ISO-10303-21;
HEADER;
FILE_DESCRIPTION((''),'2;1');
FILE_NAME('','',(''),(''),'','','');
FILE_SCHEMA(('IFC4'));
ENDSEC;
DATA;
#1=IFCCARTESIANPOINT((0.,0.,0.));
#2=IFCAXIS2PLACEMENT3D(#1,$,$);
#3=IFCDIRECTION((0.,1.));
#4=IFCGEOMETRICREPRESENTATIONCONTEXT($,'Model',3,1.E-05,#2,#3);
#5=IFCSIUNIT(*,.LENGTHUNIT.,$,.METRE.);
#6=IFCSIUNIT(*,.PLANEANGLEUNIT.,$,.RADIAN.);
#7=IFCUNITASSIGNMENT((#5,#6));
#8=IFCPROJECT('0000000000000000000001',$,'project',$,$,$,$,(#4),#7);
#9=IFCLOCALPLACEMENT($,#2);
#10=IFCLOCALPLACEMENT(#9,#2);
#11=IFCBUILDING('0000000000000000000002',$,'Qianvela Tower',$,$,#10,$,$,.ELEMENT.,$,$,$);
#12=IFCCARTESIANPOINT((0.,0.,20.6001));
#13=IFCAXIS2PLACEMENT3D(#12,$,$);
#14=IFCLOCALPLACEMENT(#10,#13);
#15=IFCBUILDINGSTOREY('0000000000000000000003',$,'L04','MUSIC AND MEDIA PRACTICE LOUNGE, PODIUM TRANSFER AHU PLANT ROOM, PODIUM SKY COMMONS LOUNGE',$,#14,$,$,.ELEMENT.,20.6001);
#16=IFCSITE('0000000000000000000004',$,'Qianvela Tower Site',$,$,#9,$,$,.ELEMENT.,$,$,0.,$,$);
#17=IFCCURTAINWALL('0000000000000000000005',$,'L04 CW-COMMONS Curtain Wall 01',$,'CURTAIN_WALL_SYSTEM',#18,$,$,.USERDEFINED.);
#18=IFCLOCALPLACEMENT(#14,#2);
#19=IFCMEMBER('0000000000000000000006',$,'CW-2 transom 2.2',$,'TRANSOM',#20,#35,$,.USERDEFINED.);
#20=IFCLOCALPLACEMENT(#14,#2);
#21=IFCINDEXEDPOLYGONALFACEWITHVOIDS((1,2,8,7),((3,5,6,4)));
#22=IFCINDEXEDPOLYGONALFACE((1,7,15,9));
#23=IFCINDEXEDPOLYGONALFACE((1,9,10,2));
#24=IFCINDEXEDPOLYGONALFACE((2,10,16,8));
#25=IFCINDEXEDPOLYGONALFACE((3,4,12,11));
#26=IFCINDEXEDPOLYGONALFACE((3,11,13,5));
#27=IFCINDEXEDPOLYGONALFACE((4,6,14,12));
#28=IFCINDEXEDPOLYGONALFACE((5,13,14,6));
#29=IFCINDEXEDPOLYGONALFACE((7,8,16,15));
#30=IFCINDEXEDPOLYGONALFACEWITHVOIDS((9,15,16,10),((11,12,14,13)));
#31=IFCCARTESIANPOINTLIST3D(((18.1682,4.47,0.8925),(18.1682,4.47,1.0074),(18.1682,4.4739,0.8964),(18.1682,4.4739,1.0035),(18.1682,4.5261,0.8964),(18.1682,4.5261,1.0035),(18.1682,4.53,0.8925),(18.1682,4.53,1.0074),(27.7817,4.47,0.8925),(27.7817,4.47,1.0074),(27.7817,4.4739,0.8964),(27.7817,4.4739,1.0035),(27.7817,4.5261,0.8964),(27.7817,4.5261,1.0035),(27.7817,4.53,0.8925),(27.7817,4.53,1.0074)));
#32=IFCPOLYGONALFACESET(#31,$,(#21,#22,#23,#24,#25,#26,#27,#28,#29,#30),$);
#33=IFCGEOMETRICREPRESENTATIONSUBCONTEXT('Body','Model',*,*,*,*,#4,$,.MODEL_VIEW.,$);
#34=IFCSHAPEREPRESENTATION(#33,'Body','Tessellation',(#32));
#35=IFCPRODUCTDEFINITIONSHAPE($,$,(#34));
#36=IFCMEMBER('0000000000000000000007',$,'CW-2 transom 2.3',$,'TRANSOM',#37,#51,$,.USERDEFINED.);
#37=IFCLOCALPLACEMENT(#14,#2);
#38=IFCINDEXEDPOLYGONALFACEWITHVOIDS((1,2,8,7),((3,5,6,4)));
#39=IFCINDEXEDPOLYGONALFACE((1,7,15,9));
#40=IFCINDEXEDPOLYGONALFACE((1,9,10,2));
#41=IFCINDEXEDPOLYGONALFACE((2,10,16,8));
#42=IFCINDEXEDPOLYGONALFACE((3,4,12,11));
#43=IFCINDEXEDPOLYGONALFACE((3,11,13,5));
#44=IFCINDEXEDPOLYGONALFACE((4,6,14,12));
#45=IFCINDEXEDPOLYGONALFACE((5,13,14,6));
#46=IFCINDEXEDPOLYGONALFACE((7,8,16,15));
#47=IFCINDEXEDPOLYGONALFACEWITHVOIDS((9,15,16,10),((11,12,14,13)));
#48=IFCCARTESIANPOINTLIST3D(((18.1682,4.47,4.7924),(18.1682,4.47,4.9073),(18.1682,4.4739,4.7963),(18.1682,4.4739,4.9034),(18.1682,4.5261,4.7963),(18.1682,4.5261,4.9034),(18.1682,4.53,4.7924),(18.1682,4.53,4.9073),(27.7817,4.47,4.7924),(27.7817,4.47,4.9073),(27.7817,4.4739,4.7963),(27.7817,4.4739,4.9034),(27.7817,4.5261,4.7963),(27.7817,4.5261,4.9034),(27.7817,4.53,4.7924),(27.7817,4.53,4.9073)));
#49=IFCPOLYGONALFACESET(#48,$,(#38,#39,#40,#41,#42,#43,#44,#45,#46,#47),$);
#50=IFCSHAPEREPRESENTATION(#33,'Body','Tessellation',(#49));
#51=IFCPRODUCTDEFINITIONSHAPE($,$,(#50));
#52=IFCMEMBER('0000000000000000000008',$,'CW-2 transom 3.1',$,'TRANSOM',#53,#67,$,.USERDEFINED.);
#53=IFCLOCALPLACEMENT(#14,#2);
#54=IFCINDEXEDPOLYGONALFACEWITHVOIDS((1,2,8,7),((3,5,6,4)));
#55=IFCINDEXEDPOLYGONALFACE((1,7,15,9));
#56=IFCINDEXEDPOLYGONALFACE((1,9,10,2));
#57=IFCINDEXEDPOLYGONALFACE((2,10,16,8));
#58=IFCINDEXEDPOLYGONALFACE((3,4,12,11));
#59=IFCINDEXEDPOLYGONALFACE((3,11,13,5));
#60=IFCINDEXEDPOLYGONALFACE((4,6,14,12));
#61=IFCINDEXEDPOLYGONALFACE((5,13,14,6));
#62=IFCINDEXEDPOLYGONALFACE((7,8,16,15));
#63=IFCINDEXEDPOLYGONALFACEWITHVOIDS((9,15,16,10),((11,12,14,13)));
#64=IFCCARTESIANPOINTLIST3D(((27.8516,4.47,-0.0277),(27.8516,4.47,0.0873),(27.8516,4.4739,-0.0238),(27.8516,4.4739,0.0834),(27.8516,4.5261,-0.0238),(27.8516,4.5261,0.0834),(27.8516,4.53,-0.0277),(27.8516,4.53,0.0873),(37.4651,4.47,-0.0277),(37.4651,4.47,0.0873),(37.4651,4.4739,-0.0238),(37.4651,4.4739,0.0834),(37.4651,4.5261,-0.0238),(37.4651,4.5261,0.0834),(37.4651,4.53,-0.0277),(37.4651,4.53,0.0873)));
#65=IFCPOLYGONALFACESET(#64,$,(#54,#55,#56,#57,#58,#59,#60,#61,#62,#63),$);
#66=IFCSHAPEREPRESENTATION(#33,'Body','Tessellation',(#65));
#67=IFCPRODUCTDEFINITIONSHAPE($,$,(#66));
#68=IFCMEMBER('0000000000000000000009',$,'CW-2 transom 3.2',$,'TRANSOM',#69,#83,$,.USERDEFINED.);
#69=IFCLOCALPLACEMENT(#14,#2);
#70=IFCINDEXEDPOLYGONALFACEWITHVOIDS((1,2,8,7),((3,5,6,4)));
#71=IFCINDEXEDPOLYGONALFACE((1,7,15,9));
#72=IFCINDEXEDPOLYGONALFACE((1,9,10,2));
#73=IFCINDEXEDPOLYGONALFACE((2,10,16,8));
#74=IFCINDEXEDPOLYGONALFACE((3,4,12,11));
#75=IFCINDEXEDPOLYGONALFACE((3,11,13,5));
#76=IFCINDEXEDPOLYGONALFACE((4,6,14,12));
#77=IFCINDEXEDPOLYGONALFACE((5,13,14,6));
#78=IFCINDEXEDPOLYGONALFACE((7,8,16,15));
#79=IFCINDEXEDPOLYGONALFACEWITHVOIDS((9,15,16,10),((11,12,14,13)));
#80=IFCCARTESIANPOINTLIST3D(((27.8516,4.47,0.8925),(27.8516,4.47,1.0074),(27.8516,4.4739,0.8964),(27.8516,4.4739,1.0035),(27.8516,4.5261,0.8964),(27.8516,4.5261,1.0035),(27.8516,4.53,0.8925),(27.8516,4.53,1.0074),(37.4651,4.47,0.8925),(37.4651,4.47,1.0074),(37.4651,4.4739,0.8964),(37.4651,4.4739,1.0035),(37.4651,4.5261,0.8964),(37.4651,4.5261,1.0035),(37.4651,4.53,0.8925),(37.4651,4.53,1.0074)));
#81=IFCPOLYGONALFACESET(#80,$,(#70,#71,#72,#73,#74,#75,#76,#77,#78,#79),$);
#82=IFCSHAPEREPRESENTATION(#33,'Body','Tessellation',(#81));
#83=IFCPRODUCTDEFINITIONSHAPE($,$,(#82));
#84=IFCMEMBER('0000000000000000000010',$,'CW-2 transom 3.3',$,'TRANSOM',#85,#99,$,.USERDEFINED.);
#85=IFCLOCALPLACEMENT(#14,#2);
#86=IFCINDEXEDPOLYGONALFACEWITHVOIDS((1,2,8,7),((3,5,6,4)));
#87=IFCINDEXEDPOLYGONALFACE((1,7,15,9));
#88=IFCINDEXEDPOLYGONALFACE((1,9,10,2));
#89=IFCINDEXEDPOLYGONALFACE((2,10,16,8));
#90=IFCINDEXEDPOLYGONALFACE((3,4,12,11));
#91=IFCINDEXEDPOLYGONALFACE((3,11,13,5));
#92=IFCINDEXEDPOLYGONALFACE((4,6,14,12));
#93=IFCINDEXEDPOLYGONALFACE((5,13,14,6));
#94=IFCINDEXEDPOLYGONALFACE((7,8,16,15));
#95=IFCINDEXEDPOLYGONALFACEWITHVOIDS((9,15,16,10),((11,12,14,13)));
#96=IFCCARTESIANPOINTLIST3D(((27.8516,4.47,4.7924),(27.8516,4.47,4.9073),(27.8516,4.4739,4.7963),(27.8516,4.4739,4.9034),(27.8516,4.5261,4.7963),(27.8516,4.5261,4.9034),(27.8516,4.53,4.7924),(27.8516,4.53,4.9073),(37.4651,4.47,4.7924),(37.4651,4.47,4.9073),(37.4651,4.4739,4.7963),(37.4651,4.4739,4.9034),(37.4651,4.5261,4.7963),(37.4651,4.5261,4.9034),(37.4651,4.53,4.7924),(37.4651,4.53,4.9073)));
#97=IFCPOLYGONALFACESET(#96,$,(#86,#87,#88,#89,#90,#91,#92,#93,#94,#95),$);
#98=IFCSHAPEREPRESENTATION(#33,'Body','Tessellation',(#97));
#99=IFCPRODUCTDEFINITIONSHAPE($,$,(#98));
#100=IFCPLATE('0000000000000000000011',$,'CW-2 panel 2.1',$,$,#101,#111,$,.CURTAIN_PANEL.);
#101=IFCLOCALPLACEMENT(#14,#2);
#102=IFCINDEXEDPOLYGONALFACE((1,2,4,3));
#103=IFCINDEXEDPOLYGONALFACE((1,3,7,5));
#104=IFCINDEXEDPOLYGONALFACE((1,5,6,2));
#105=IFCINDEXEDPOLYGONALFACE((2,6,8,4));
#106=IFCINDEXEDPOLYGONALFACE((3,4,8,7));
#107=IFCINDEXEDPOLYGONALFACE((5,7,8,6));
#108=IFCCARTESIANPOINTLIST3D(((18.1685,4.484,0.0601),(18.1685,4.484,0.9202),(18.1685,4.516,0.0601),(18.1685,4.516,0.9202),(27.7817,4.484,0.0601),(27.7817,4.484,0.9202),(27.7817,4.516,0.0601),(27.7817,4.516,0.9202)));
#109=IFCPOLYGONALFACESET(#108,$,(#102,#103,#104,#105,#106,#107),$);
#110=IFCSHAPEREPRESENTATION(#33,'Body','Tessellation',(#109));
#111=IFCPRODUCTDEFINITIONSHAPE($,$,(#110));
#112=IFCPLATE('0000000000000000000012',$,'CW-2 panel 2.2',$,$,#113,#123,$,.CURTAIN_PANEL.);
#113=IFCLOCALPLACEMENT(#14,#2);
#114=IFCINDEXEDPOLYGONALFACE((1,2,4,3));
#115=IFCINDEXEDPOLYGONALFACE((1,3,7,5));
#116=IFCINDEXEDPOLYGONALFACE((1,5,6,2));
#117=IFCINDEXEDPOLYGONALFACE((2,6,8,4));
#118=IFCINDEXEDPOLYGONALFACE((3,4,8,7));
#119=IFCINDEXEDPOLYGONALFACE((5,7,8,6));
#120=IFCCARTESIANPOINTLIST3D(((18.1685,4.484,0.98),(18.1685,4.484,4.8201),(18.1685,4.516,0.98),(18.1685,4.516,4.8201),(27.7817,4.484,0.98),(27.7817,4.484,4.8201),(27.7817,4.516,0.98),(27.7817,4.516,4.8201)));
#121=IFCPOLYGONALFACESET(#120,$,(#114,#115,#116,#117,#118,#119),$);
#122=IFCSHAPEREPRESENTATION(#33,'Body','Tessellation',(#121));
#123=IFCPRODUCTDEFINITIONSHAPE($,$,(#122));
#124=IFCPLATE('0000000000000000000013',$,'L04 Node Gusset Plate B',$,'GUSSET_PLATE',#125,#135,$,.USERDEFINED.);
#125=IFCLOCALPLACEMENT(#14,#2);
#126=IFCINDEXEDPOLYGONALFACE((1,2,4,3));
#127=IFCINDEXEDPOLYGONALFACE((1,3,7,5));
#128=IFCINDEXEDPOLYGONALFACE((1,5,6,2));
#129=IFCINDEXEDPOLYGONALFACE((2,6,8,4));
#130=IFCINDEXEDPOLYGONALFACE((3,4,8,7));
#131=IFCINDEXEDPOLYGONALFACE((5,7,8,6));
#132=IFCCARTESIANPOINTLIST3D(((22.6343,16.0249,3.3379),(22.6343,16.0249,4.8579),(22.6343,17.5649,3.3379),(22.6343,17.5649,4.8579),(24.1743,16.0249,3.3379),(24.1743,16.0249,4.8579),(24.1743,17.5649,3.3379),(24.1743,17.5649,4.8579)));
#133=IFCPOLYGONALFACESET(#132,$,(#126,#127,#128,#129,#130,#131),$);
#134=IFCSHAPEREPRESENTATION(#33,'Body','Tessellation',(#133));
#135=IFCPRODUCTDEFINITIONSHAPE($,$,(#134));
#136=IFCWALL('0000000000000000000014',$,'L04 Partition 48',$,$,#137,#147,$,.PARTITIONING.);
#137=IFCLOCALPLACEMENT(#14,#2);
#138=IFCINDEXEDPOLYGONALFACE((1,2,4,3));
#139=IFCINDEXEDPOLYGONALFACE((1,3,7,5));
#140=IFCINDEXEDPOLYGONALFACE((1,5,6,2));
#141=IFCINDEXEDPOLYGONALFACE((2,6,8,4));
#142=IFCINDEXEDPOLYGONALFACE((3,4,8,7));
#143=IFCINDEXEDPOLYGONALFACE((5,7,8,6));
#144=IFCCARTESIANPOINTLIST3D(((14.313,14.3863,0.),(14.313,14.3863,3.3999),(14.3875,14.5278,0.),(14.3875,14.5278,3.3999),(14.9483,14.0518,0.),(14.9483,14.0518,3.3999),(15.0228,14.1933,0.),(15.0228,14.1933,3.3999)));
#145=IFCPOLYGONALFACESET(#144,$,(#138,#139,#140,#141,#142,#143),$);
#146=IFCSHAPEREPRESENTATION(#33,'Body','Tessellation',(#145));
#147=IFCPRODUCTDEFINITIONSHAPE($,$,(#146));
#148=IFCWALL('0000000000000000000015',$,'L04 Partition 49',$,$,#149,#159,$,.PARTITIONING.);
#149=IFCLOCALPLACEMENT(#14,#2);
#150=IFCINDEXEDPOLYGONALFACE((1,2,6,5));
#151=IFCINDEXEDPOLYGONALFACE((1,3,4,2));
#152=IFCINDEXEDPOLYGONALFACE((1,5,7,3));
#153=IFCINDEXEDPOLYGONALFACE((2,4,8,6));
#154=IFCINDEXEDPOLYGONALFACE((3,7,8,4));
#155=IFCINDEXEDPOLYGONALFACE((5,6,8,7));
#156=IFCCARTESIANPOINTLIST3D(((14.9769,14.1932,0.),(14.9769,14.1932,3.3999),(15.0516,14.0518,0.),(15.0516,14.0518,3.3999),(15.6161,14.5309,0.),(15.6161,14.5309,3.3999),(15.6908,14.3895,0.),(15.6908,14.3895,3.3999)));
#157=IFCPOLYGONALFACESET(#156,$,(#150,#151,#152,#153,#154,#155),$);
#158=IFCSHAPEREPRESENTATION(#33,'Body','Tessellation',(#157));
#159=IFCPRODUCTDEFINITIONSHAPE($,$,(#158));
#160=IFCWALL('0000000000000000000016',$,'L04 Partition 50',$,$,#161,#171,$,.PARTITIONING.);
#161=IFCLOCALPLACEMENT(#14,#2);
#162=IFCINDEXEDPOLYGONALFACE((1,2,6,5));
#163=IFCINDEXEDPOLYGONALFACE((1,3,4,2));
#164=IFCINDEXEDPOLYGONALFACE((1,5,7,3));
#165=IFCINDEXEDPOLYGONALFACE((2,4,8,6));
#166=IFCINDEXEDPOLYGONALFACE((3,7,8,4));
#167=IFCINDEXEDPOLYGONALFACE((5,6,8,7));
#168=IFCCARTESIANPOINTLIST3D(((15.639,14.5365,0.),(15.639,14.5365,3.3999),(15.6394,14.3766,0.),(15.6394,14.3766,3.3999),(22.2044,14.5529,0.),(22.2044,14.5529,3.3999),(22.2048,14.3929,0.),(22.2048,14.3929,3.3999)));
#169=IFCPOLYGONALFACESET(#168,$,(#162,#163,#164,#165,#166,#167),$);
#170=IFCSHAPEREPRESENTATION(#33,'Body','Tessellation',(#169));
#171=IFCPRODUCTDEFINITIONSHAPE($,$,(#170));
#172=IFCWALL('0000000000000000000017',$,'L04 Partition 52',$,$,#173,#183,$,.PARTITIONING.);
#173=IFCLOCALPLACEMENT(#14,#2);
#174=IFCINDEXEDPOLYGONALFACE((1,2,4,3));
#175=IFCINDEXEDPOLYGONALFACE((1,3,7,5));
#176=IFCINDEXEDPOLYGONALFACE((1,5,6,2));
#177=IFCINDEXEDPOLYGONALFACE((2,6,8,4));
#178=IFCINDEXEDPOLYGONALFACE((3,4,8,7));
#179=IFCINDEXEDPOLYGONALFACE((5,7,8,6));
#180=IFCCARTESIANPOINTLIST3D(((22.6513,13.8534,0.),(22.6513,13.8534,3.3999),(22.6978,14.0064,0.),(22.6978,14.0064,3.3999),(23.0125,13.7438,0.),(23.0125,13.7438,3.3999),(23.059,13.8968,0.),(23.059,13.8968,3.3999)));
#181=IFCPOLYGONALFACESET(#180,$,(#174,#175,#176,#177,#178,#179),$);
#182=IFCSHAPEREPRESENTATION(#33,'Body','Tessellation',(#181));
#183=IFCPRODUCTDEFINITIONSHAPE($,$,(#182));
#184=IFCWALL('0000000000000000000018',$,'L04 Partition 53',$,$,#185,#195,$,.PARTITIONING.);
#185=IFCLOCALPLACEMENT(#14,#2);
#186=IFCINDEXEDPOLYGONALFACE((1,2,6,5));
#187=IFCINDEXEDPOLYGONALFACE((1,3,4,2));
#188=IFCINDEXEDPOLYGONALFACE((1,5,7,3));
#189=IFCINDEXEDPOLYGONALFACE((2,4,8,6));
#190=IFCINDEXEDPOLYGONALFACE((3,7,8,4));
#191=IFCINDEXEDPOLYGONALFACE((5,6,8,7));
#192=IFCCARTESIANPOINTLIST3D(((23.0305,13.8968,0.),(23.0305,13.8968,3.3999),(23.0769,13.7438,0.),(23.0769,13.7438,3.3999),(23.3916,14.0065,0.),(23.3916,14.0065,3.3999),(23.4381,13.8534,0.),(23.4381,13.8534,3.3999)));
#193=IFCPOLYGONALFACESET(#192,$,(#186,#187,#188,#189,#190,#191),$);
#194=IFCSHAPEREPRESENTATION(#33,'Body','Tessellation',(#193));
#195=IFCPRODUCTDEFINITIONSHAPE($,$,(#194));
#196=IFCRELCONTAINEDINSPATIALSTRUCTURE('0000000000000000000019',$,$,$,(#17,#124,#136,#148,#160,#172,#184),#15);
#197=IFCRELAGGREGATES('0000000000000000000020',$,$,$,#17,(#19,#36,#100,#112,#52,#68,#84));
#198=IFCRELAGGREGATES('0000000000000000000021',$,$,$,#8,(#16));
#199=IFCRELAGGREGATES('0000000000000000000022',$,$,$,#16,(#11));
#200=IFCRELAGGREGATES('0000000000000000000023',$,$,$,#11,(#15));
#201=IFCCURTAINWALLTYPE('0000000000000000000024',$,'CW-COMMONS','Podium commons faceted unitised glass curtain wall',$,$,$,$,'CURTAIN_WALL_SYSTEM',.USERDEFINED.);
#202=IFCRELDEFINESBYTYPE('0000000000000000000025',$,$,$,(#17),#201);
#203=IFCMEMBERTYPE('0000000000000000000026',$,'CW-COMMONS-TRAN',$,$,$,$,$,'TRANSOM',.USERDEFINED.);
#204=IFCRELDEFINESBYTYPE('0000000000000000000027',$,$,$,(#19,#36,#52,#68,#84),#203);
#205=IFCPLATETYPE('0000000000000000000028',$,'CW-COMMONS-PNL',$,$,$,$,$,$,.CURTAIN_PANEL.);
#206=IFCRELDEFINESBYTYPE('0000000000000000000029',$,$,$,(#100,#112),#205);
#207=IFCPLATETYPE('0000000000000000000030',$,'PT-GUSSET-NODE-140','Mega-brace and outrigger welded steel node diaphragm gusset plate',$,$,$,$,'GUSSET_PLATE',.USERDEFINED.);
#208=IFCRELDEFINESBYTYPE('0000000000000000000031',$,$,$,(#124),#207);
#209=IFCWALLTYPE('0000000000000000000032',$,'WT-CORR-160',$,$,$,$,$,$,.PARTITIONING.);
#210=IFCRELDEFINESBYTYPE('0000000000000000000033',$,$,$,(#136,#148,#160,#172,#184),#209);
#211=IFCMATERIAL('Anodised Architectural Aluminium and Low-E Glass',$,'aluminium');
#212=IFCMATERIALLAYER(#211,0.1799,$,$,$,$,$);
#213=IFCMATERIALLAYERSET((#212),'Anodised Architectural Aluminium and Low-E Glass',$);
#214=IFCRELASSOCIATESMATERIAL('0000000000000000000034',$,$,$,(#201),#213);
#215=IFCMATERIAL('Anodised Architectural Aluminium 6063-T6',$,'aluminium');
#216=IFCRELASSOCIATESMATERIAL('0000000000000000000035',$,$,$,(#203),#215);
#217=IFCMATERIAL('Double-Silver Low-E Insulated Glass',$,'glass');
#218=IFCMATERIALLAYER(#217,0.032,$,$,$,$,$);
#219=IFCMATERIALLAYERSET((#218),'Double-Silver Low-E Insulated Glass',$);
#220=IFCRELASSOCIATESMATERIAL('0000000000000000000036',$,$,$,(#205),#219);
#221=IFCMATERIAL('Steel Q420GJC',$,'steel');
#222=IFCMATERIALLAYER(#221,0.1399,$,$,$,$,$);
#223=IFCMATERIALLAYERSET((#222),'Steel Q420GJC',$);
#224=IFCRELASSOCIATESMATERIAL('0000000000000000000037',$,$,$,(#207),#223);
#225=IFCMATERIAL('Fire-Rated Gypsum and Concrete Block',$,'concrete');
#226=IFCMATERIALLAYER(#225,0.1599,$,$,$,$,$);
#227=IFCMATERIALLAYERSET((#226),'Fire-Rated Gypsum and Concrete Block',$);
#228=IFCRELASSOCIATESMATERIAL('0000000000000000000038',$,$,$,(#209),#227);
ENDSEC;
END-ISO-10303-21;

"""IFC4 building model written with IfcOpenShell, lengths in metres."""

from ifc_helpers import new_model, si_unit, direction, frame, frame_2d, origin, origin_2d, place, context, subcontext, project, spatial, rectangle, hollow_rectangle, extrude, material, layer, layer_set, material_profile, profile_set, type_object, element, aggregate, save


model = new_model("IFC4")

# Units and contexts
model_context = context("Model", 3, precision=1e-05, world=origin(), true_north=direction((0.0, 1.0)))
body_context = subcontext(model_context, "Body", "Model", "MODEL_VIEW")
ifc_project = project(units=[si_unit("LENGTHUNIT", "METRE"), si_unit("PLANEANGLEUNIT", "RADIAN")], contexts=[model_context])

# Site, building, storey
site_placement = place(None, origin())
site = spatial("IfcSite", under=ifc_project, at=site_placement, Name="Qianvela Tower Site", CompositionType="ELEMENT", RefElevation=0.0)
building_placement = place(site_placement, origin())
building = spatial("IfcBuilding", under=site, at=building_placement, Name="Qianvela Tower", CompositionType="ELEMENT")
storey_placement = place(building_placement, frame((0.0, 0.0, 20.6001)))
storey = spatial("IfcBuildingStorey", under=building, at=storey_placement, Name="L04", Description="MUSIC AND MEDIA PRACTICE LOUNGE, PODIUM TRANSFER AHU PLANT ROOM, PODIUM SKY COMMONS LOUNGE", CompositionType="ELEMENT", Elevation=20.6001)

# Curtain wall, members, plates
ifc_material_1 = material(Name="Anodised Architectural Aluminium and Low-E Glass", Category="aluminium")
ifc_layer_1 = layer(ifc_material_1, 0.1799)
ifc_layer_set_1 = layer_set([ifc_layer_1], Name="Anodised Architectural Aluminium and Low-E Glass")
curtain_wall_type = type_object("IfcCurtainWallType", Name="CW-COMMONS", Description="Podium commons faceted unitised glass curtain wall", ElementType="CURTAIN_WALL_SYSTEM", PredefinedType="USERDEFINED", material=ifc_layer_set_1)
curtain_wall_placement = place(storey_placement, origin())
curtain_wall = element("IfcCurtainWall", 1, at=curtain_wall_placement, inside=storey, type_object=curtain_wall_type, Name="L04 CW-COMMONS Curtain Wall 01", ObjectType="CURTAIN_WALL_SYSTEM", PredefinedType="USERDEFINED")
ifc_material_2 = material(Name="Anodised Architectural Aluminium 6063-T6", Category="aluminium")
ifc_material_profile_1 = material_profile(ifc_material_2, hollow_rectangle(XDim=0.0601, YDim=0.115, WallThickness=0.0039, at=origin_2d()), Name="ALU-TRAN-60x115")
ifc_profile_set_1 = profile_set([ifc_material_profile_1], Name="Anodised Architectural Aluminium 6063-T6")
member_type_1 = type_object("IfcMemberType", Name="CW-COMMONS-TRAN", ElementType="TRANSOM", PredefinedType="USERDEFINED", material=ifc_profile_set_1)
member_1_placement = place(storey_placement, frame((18.1682, 4.5, 0.95), z_axis=(1.0, 0.0, 0.0), x_axis=(0.0, 1.0, 0.0)))
member_1 = element("IfcMember", 2, at=member_1_placement, type_object=member_type_1, Name="CW-2 transom 2.2", ObjectType="TRANSOM", PredefinedType="USERDEFINED", context=body_context, shape_type="SweptSolid", body=[
    extrude(hollow_rectangle(XDim=0.0601, YDim=0.115, WallThickness=0.0039, at=origin_2d()), origin(), (0.0, 0.0, 1.0), 9.6135),
])
member_2_placement = place(storey_placement, frame((18.1682, 4.5, 4.8499), z_axis=(1.0, 0.0, 0.0), x_axis=(0.0, 1.0, 0.0)))
member_2 = element("IfcMember", 3, at=member_2_placement, type_object=member_type_1, Name="CW-2 transom 2.3", ObjectType="TRANSOM", PredefinedType="USERDEFINED", context=body_context, shape_type="SweptSolid", body=[
    extrude(hollow_rectangle(XDim=0.0601, YDim=0.115, WallThickness=0.0039, at=origin_2d()), origin(), (0.0, 0.0, 1.0), 9.6135),
])
member_3_placement = place(storey_placement, frame((27.8516, 4.5, 0.0298), z_axis=(1.0, 0.0, 0.0), x_axis=(0.0, 1.0, 0.0)))
member_3 = element("IfcMember", 4, at=member_3_placement, type_object=member_type_1, Name="CW-2 transom 3.1", ObjectType="TRANSOM", PredefinedType="USERDEFINED", context=body_context, shape_type="SweptSolid", body=[
    extrude(hollow_rectangle(XDim=0.0601, YDim=0.115, WallThickness=0.0039, at=origin_2d()), origin(), (0.0, 0.0, 1.0), 9.6135),
])
member_4_placement = place(storey_placement, frame((27.8516, 4.5, 0.95), z_axis=(1.0, 0.0, 0.0), x_axis=(0.0, 1.0, 0.0)))
member_4 = element("IfcMember", 5, at=member_4_placement, type_object=member_type_1, Name="CW-2 transom 3.2", ObjectType="TRANSOM", PredefinedType="USERDEFINED", context=body_context, shape_type="SweptSolid", body=[
    extrude(hollow_rectangle(XDim=0.0601, YDim=0.115, WallThickness=0.0039, at=origin_2d()), origin(), (0.0, 0.0, 1.0), 9.6135),
])
member_5_placement = place(storey_placement, frame((27.8516, 4.5, 4.8499), z_axis=(1.0, 0.0, 0.0), x_axis=(0.0, 1.0, 0.0)))
member_5 = element("IfcMember", 6, at=member_5_placement, type_object=member_type_1, Name="CW-2 transom 3.3", ObjectType="TRANSOM", PredefinedType="USERDEFINED", context=body_context, shape_type="SweptSolid", body=[
    extrude(hollow_rectangle(XDim=0.0601, YDim=0.115, WallThickness=0.0039, at=origin_2d()), origin(), (0.0, 0.0, 1.0), 9.6135),
])
ifc_material_3 = material(Name="Double-Silver Low-E Insulated Glass", Category="glass")
ifc_layer_2 = layer(ifc_material_3, 0.032)
ifc_layer_set_2 = layer_set([ifc_layer_2], Name="Double-Silver Low-E Insulated Glass")
plate_type_1 = type_object("IfcPlateType", Name="CW-COMMONS-PNL", PredefinedType="CURTAIN_PANEL", material=ifc_layer_set_2)
plate_1_placement = place(storey_placement, frame((22.9751, 4.5, 0.0601), z_axis=(0.0, 0.0, 1.0), x_axis=(1.0, 0.0, 0.0)))
plate_1 = element("IfcPlate", 7, at=plate_1_placement, type_object=plate_type_1, Name="CW-2 panel 2.1", PredefinedType="CURTAIN_PANEL", context=body_context, shape_type="SweptSolid", body=[
    extrude(rectangle(XDim=9.6133, YDim=0.032, at=origin_2d()), origin(), (0.0, 0.0, 1.0), 0.8601),
])
plate_2_placement = place(storey_placement, frame((22.9751, 4.5, 0.98), z_axis=(0.0, 0.0, 1.0), x_axis=(1.0, 0.0, 0.0)))
plate_2 = element("IfcPlate", 8, at=plate_2_placement, type_object=plate_type_1, Name="CW-2 panel 2.2", PredefinedType="CURTAIN_PANEL", context=body_context, shape_type="SweptSolid", body=[
    extrude(rectangle(XDim=9.6133, YDim=0.032, at=origin_2d()), origin(), (0.0, 0.0, 1.0), 3.8401),
])
aggregate(curtain_wall, [member_1, member_2, plate_1, plate_2, member_3, member_4, member_5])

# Plate
ifc_material_4 = material(Name="Steel Q420GJC", Category="steel")
ifc_layer_3 = layer(ifc_material_4, 0.1399)
ifc_layer_set_3 = layer_set([ifc_layer_3], Name="Steel Q420GJC")
plate_type_2 = type_object("IfcPlateType", Name="PT-GUSSET-NODE-140", Description="Mega-brace and outrigger welded steel node diaphragm gusset plate", ElementType="GUSSET_PLATE", PredefinedType="USERDEFINED", material=ifc_layer_set_3)
plate_3_placement = place(storey_placement, frame((23.4043, 16.7949, 3.3379), z_axis=(0.0, 0.0, 1.0), x_axis=(1.0, 0.0, 0.0)))
element("IfcPlate", 9, at=plate_3_placement, inside=storey, type_object=plate_type_2, Name="L04 Node Gusset Plate B", ObjectType="GUSSET_PLATE", PredefinedType="USERDEFINED", context=body_context, shape_type="SweptSolid", body=[
    extrude(rectangle(XDim=1.54, YDim=1.54, at=origin_2d()), origin(), (0.0, 0.0, 1.0), 1.52),
])

# Walls
ifc_material_5 = material(Name="Fire-Rated Gypsum and Concrete Block", Category="concrete")
ifc_layer_4 = layer(ifc_material_5, 0.1599)
ifc_layer_set_4 = layer_set([ifc_layer_4], Name="Fire-Rated Gypsum and Concrete Block")
wall_type_1 = type_object("IfcWallType", Name="WT-CORR-160", PredefinedType="PARTITIONING", material=ifc_layer_set_4)
wall_1_placement = place(storey_placement, frame((14.3503, 14.457, 0.0), z_axis=(0.0, 0.0, 1.0), x_axis=(0.884844, -0.465887, 0.0)))
element("IfcWall", 10, at=wall_1_placement, inside=storey, type_object=wall_type_1, Name="L04 Partition 48", PredefinedType="PARTITIONING", context=body_context, shape_type="SweptSolid", body=[
    extrude(rectangle(XDim=0.718, YDim=0.1599, at=frame_2d((0.3589, 0.0))), origin(), (0.0, 0.0, 1.0), 3.3999),
])
wall_2_placement = place(storey_placement, frame((15.0144, 14.1226, 0.0), z_axis=(0.0, 0.0, 1.0), x_axis=(0.884207, 0.467096, 0.0)))
element("IfcWall", 11, at=wall_2_placement, inside=storey, type_object=wall_type_1, Name="L04 Partition 49", PredefinedType="PARTITIONING", context=body_context, shape_type="SweptSolid", body=[
    extrude(rectangle(XDim=0.7229, YDim=0.1599, at=frame_2d((0.3613, 0.0))), origin(), (0.0, 0.0, 1.0), 3.3999),
])
wall_3_placement = place(storey_placement, frame((15.6392, 14.4565, 0.0), z_axis=(0.0, 0.0, 1.0), x_axis=(0.999997, 0.002491, 0.0)))
element("IfcWall", 12, at=wall_3_placement, inside=storey, type_object=wall_type_1, Name="L04 Partition 50", PredefinedType="PARTITIONING", context=body_context, shape_type="SweptSolid", body=[
    extrude(rectangle(XDim=6.5654, YDim=0.1599, at=frame_2d((3.2827, 0.0))), origin(), (0.0, 0.0, 1.0), 3.3999),
])
for number, where, z_axis, x_axis, name in (
    (13, (22.6746, 13.9299, 0.0), (0.0, 0.0, 1.0), (0.956877, -0.290492, 0.0), "L04 Partition 52"),
    (14, (23.0537, 13.8203, 0.0), (0.0, 0.0, 1.0), (0.956877, 0.290492, 0.0), "L04 Partition 53"),
):
    element("IfcWall", number, at=place(storey_placement, frame(where, z_axis=z_axis, x_axis=x_axis)), inside=storey, type_object=wall_type_1, Name=name, PredefinedType="PARTITIONING", context=body_context, shape_type="SweptSolid", body=[
        extrude(rectangle(XDim=0.3774, YDim=0.1599, at=frame_2d((0.1887, 0.0))), origin(), (0.0, 0.0, 1.0), 3.3999),
    ])

save(model, "model.ifc")
